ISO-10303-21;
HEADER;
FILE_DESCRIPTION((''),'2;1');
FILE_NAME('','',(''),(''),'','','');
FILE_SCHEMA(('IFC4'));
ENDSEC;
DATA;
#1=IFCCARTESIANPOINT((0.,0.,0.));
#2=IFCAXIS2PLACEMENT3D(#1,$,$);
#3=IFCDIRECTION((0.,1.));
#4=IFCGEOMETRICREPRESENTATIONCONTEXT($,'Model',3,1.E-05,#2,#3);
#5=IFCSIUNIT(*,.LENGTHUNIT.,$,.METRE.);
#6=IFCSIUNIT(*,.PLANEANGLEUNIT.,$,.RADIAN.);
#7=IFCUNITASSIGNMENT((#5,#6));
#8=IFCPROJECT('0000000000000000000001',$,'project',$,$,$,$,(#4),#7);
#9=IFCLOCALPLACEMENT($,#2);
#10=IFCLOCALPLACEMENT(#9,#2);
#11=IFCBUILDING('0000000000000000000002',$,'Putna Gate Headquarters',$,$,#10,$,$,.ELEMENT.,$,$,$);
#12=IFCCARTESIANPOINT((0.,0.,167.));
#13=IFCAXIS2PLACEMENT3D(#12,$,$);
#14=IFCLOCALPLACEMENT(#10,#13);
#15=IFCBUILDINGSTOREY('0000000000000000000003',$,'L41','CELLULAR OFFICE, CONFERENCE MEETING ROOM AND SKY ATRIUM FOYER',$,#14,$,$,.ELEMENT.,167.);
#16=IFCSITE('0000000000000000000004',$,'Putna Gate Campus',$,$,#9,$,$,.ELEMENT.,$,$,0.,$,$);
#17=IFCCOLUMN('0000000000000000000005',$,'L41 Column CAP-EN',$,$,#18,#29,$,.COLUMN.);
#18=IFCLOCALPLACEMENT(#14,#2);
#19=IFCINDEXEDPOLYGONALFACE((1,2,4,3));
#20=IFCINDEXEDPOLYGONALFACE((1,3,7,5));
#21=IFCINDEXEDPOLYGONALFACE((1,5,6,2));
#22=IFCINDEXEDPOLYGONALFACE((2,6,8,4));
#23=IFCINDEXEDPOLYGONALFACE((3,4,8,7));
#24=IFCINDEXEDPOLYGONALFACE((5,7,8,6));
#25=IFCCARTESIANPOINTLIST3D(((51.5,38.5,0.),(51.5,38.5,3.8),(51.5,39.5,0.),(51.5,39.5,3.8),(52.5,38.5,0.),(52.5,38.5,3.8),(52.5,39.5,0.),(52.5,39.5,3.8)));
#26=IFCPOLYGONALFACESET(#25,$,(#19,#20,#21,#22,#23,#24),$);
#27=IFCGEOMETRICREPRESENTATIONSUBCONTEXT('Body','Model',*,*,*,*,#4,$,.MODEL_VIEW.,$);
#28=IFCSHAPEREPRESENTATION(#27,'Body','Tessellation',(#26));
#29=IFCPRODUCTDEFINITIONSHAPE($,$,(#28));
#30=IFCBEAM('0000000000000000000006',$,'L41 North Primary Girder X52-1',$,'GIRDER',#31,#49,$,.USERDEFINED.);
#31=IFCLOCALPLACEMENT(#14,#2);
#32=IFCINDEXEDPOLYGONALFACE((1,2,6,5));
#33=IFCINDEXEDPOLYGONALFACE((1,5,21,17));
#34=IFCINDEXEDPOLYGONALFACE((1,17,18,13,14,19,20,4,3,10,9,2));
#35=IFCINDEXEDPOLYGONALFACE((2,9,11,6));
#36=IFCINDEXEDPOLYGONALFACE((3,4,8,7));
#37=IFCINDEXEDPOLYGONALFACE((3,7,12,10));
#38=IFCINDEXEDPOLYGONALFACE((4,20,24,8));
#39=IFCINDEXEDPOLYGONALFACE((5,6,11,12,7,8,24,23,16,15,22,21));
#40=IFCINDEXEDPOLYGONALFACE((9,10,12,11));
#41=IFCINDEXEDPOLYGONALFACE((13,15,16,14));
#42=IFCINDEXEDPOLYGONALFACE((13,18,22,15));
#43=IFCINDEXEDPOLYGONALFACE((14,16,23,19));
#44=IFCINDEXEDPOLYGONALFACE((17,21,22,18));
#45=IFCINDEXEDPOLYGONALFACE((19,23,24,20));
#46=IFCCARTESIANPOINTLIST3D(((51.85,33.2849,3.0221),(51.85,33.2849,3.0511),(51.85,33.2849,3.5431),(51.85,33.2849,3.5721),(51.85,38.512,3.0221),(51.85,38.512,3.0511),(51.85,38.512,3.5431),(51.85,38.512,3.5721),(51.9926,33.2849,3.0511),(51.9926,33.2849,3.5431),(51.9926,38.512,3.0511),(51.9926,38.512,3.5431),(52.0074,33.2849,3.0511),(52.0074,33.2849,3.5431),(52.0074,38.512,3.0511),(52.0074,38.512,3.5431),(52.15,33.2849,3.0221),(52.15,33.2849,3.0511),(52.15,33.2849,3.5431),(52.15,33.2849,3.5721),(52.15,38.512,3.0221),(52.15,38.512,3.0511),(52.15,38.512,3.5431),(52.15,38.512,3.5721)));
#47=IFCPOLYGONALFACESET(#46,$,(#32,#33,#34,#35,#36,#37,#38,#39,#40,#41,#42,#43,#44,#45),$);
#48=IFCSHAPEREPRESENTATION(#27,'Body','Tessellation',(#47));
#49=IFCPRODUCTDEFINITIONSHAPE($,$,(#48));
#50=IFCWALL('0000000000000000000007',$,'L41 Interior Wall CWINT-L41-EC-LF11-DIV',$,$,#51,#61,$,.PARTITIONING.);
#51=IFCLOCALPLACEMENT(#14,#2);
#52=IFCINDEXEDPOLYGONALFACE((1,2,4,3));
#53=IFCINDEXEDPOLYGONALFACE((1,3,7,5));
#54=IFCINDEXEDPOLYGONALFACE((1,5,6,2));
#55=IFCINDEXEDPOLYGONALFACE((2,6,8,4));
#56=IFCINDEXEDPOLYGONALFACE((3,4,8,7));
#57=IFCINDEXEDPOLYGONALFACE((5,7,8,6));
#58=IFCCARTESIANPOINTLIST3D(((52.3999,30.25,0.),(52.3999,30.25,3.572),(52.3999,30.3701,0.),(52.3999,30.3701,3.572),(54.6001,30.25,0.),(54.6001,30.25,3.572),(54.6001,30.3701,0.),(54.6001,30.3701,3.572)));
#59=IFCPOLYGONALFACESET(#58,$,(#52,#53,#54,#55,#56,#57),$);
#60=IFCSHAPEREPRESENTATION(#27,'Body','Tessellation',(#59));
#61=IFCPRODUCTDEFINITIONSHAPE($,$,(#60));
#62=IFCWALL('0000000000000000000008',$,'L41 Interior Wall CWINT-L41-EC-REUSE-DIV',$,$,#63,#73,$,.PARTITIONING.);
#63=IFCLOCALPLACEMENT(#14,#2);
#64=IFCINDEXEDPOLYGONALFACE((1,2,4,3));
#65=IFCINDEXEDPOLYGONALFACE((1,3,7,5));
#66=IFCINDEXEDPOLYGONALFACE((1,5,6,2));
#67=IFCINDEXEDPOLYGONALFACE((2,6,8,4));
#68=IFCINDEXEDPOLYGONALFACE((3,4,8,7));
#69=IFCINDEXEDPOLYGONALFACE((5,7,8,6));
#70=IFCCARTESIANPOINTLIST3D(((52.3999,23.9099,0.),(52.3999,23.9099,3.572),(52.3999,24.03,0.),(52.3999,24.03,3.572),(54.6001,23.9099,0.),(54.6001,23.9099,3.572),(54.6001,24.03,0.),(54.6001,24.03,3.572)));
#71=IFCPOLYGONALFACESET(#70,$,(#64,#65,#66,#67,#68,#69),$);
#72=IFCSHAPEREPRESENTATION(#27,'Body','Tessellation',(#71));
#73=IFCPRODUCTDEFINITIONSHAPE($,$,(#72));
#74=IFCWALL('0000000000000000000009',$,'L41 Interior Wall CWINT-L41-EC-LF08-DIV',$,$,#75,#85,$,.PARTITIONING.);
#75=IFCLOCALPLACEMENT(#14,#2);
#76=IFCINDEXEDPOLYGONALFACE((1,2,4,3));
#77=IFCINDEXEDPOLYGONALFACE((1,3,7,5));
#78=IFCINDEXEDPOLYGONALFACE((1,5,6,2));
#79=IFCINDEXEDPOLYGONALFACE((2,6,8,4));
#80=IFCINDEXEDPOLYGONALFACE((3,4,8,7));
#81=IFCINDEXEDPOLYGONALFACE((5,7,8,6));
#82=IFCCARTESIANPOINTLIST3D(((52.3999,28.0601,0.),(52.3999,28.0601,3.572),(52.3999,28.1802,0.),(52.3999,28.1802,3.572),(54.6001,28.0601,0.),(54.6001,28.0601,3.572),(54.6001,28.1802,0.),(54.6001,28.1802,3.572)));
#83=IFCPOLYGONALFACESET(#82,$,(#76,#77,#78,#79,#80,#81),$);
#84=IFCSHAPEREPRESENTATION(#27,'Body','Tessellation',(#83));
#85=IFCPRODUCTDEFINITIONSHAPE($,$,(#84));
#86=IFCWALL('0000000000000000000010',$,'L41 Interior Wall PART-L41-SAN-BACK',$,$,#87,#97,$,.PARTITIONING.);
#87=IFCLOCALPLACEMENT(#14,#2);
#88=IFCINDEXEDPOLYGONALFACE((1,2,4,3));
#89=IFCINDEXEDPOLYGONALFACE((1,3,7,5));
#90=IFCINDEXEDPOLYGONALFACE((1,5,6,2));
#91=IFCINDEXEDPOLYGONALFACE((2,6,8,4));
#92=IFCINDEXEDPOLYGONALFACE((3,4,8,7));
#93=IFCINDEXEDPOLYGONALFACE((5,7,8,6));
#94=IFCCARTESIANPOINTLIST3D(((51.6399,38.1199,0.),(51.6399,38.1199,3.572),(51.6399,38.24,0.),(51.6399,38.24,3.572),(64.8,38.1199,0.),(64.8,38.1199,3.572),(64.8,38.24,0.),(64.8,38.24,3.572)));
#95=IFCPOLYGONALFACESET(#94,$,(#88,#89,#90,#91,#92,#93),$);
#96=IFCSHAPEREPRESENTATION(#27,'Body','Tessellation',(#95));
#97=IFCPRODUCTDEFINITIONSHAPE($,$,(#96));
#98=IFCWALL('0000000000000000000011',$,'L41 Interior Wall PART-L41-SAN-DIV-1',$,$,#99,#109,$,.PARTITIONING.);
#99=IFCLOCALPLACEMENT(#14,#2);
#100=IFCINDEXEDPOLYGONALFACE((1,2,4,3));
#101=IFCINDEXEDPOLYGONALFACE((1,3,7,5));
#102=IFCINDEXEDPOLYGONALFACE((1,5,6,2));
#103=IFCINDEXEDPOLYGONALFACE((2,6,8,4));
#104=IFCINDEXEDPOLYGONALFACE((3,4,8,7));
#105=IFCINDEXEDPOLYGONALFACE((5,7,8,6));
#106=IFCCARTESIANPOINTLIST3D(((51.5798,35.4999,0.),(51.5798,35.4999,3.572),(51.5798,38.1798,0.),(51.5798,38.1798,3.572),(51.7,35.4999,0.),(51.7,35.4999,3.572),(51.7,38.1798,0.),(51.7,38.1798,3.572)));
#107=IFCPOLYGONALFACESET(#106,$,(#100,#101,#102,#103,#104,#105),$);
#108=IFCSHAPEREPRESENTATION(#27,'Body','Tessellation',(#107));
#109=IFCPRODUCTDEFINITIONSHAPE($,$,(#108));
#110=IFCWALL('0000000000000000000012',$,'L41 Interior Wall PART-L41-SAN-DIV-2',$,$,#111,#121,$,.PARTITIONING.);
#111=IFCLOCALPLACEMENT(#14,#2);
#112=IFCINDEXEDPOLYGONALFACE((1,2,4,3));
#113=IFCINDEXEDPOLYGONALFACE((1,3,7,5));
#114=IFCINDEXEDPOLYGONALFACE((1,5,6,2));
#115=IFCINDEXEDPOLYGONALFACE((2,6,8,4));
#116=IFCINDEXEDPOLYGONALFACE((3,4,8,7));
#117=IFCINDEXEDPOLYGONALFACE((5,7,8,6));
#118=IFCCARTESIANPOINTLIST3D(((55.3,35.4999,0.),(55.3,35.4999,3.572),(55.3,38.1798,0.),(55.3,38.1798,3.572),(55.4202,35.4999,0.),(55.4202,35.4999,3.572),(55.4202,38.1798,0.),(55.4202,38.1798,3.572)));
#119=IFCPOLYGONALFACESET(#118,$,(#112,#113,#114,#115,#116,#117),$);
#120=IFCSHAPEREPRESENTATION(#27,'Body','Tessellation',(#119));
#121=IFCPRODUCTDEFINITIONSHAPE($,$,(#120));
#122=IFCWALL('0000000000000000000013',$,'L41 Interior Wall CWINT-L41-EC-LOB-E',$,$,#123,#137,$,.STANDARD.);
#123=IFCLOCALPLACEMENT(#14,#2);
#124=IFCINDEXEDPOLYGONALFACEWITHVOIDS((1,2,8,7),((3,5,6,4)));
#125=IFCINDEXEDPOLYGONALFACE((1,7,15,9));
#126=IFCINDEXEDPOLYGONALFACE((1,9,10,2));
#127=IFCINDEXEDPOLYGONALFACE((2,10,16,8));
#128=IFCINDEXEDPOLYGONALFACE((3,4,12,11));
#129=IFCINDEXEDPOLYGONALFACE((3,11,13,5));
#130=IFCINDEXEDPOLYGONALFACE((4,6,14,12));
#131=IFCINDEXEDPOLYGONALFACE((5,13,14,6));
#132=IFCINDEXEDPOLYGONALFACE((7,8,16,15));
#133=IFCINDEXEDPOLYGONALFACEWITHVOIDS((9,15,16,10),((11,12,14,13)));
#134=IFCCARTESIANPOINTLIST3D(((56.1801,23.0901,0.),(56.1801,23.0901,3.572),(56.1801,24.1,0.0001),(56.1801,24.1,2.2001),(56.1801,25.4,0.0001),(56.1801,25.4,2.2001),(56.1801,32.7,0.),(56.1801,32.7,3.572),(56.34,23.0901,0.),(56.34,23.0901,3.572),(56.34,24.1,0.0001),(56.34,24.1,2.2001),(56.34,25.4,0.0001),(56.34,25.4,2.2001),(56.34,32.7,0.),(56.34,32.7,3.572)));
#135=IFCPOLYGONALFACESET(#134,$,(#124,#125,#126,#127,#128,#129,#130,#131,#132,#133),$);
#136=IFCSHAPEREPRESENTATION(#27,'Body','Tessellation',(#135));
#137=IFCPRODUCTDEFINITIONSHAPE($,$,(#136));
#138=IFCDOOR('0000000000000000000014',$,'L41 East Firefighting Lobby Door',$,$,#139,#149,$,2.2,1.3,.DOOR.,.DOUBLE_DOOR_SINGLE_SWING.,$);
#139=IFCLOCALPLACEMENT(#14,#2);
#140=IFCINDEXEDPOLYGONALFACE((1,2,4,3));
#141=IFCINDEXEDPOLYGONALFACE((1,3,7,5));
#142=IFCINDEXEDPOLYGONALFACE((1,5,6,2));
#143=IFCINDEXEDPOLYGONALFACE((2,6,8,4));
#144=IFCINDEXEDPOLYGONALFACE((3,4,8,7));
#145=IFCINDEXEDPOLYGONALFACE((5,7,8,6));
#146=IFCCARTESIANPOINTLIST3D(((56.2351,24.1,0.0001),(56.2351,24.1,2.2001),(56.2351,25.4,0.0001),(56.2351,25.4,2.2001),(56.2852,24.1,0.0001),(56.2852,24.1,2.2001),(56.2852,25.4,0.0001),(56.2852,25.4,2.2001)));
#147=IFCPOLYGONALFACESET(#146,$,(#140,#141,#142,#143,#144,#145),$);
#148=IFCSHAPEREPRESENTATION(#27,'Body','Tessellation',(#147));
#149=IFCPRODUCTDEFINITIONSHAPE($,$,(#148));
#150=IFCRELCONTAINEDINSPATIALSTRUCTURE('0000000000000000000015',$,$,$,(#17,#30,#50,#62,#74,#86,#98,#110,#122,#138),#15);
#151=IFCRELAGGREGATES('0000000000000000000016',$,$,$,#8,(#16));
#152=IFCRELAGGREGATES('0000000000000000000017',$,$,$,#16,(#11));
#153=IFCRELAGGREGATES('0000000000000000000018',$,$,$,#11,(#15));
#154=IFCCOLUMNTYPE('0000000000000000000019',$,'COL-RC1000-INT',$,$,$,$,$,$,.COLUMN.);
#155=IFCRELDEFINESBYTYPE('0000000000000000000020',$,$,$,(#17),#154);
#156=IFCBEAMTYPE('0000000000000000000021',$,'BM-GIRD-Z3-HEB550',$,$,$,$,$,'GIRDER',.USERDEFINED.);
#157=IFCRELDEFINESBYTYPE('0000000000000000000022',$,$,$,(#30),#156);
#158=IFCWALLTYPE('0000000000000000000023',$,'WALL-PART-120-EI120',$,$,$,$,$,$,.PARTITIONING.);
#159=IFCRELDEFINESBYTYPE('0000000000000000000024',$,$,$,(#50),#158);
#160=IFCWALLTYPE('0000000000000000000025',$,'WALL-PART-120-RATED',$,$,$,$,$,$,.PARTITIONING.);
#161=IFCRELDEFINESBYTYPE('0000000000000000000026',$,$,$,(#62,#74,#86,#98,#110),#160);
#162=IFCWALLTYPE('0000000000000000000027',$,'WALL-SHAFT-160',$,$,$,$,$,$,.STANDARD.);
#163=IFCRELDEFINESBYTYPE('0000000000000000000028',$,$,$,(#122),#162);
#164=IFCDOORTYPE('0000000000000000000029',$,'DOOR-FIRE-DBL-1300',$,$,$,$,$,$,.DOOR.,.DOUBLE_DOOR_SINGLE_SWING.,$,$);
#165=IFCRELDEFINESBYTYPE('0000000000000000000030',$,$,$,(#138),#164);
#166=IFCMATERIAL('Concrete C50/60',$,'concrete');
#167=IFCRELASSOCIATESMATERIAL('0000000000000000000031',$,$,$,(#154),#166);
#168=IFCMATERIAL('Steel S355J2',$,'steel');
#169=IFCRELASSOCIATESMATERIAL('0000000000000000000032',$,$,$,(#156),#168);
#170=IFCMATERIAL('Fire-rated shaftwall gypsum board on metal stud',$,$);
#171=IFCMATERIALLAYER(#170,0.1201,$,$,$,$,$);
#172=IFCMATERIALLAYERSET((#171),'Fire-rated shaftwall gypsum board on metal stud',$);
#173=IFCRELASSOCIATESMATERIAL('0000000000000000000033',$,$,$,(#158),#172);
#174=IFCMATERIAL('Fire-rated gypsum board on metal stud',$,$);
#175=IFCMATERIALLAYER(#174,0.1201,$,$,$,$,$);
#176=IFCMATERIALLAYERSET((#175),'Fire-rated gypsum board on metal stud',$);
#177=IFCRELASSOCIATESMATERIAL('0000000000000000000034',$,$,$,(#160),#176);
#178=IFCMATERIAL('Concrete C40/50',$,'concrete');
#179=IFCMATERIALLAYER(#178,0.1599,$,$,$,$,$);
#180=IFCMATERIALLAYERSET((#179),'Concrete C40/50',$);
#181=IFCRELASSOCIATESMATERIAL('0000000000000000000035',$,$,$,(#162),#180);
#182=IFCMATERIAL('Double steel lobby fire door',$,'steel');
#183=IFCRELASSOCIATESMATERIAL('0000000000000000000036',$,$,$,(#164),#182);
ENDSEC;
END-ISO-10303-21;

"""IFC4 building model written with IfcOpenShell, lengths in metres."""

from ifc_helpers import new_model, si_unit, direction, frame, frame_2d, origin, origin_2d, place, context, subcontext, project, spatial, rectangle, i_section, extrude, material, layer, layer_set, material_profile, profile_set, type_object, element, fill, save


model = new_model("IFC4")

# Units and contexts
model_context = context("Model", 3, precision=1e-05, world=origin(), true_north=direction((0.0, 1.0)))
body_context = subcontext(model_context, "Body", "Model", "MODEL_VIEW")
ifc_project = project(units=[si_unit("LENGTHUNIT", "METRE"), si_unit("PLANEANGLEUNIT", "RADIAN")], contexts=[model_context])

# Site, building, storey
site_placement = place(None, origin())
site = spatial("IfcSite", under=ifc_project, at=site_placement, Name="Putna Gate Campus", CompositionType="ELEMENT", RefElevation=0.0)
building_placement = place(site_placement, origin())
building = spatial("IfcBuilding", under=site, at=building_placement, Name="Putna Gate Headquarters", CompositionType="ELEMENT")
storey_placement = place(building_placement, frame((0.0, 0.0, 167.0)))
storey = spatial("IfcBuildingStorey", under=building, at=storey_placement, Name="L41", Description="CELLULAR OFFICE, CONFERENCE MEETING ROOM AND SKY ATRIUM FOYER", CompositionType="ELEMENT", Elevation=167.0)

# Column
ifc_material_1 = material(Name="Concrete C50/60", Category="concrete")
ifc_material_profile_1 = material_profile(ifc_material_1, rectangle(XDim=1.0, YDim=1.0, at=origin_2d()), Name="Concrete C50/60")
ifc_profile_set_1 = profile_set([ifc_material_profile_1], Name="Concrete C50/60")
column_type = type_object("IfcColumnType", Name="COL-RC1000-INT", PredefinedType="COLUMN", material=ifc_profile_set_1)
column_placement = place(storey_placement, frame((52.0, 39.0, 0.0), z_axis=(0.0, 0.0, 1.0), x_axis=(1.0, 0.0, 0.0)))
element("IfcColumn", 1, at=column_placement, inside=storey, type_object=column_type, Name="L41 Column CAP-EN", PredefinedType="COLUMN", context=body_context, shape_type="SweptSolid", body=[
    extrude(rectangle(XDim=1.0, YDim=1.0, at=origin_2d()), origin(), (0.0, 0.0, 1.0), 3.8),
])

# Beam
ifc_material_2 = material(Name="Steel S355J2", Category="steel")
ifc_material_profile_2 = material_profile(ifc_material_2, i_section(OverallWidth=0.3, OverallDepth=0.55, WebThickness=0.0149, FlangeThickness=0.0291, at=origin_2d()), Name="Steel S355J2")
ifc_profile_set_2 = profile_set([ifc_material_profile_2], Name="Steel S355J2")
beam_type = type_object("IfcBeamType", Name="BM-GIRD-Z3-HEB550", ElementType="GIRDER", PredefinedType="USERDEFINED", material=ifc_profile_set_2)
beam_placement = place(storey_placement, frame((52.0, 33.2849, 3.2971), z_axis=(0.0, 1.0, 0.0), x_axis=(-1.0, 0.0, 0.0)))
element("IfcBeam", 2, at=beam_placement, inside=storey, type_object=beam_type, Name="L41 North Primary Girder X52-1", ObjectType="GIRDER", PredefinedType="USERDEFINED", context=body_context, shape_type="SweptSolid", body=[
    extrude(i_section(OverallWidth=0.3, OverallDepth=0.55, WebThickness=0.0149, FlangeThickness=0.0291, at=origin_2d()), origin(), (0.0, 0.0, 1.0), 5.2271),
])

# Walls
ifc_material_3 = material(Name="Fire-rated shaftwall gypsum board on metal stud")
ifc_layer_1 = layer(ifc_material_3, 0.1201)
ifc_layer_set_1 = layer_set([ifc_layer_1], Name="Fire-rated shaftwall gypsum board on metal stud")
wall_type_1 = type_object("IfcWallType", Name="WALL-PART-120-EI120", PredefinedType="PARTITIONING", material=ifc_layer_set_1)
wall_1_placement = place(storey_placement, frame((52.3999, 30.3101, 0.0), z_axis=(0.0, 0.0, 1.0), x_axis=(1.0, 0.0, 0.0)))
element("IfcWall", 3, at=wall_1_placement, inside=storey, type_object=wall_type_1, Name="L41 Interior Wall CWINT-L41-EC-LF11-DIV", PredefinedType="PARTITIONING", context=body_context, shape_type="SweptSolid", body=[
    extrude(rectangle(XDim=2.2002, YDim=0.1201, at=frame_2d((1.1001, 0.0))), origin(), (0.0, 0.0, 1.0), 3.572),
])
ifc_material_4 = material(Name="Fire-rated gypsum board on metal stud")
ifc_layer_2 = layer(ifc_material_4, 0.1201)
ifc_layer_set_2 = layer_set([ifc_layer_2], Name="Fire-rated gypsum board on metal stud")
wall_type_2 = type_object("IfcWallType", Name="WALL-PART-120-RATED", PredefinedType="PARTITIONING", material=ifc_layer_set_2)
for number, where, z_axis, x_axis, name in (
    (4, (52.3999, 23.97, 0.0), (0.0, 0.0, 1.0), (1.0, 0.0, 0.0), "L41 Interior Wall CWINT-L41-EC-REUSE-DIV"),
    (5, (52.3999, 28.1201, 0.0), (0.0, 0.0, 1.0), (1.0, 0.0, 0.0), "L41 Interior Wall CWINT-L41-EC-LF08-DIV"),
):
    element("IfcWall", number, at=place(storey_placement, frame(where, z_axis=z_axis, x_axis=x_axis)), inside=storey, type_object=wall_type_2, Name=name, PredefinedType="PARTITIONING", context=body_context, shape_type="SweptSolid", body=[
        extrude(rectangle(XDim=2.2002, YDim=0.1201, at=frame_2d((1.1001, 0.0))), origin(), (0.0, 0.0, 1.0), 3.572),
    ])

# Walls
wall_2_placement = place(storey_placement, frame((51.6399, 38.1799, 0.0), z_axis=(0.0, 0.0, 1.0), x_axis=(1.0, 0.0, 0.0)))
element("IfcWall", 6, at=wall_2_placement, inside=storey, type_object=wall_type_2, Name="L41 Interior Wall PART-L41-SAN-BACK", PredefinedType="PARTITIONING", context=body_context, shape_type="SweptSolid", body=[
    extrude(rectangle(XDim=13.1602, YDim=0.1201, at=frame_2d((6.5801, 0.0))), origin(), (0.0, 0.0, 1.0), 3.572),
])
for number, where, z_axis, x_axis, name in (
    (7, (51.6399, 35.5, 0.0), (0.0, 0.0, 1.0), (0.0, 1.0, 0.0), "L41 Interior Wall PART-L41-SAN-DIV-1"),
    (8, (55.3601, 35.5, 0.0), (0.0, 0.0, 1.0), (0.0, 1.0, 0.0), "L41 Interior Wall PART-L41-SAN-DIV-2"),
):
    element("IfcWall", number, at=place(storey_placement, frame(where, z_axis=z_axis, x_axis=x_axis)), inside=storey, type_object=wall_type_2, Name=name, PredefinedType="PARTITIONING", context=body_context, shape_type="SweptSolid", body=[
        extrude(rectangle(XDim=2.6799, YDim=0.1201, at=frame_2d((1.3398, 0.0))), origin(), (0.0, 0.0, 1.0), 3.572),
    ])

# Wall, opening, door
ifc_material_5 = material(Name="Concrete C40/50", Category="concrete")
ifc_layer_3 = layer(ifc_material_5, 0.1599)
ifc_layer_set_3 = layer_set([ifc_layer_3], Name="Concrete C40/50")
wall_type_3 = type_object("IfcWallType", Name="WALL-SHAFT-160", PredefinedType="STANDARD", material=ifc_layer_set_3)
wall_3_placement = place(storey_placement, frame((56.26, 23.0901, 0.0), z_axis=(0.0, 0.0, 1.0), x_axis=(0.0, 1.0, 0.0)))
wall_3 = element("IfcWall", 9, at=wall_3_placement, inside=storey, type_object=wall_type_3, Name="L41 Interior Wall CWINT-L41-EC-LOB-E", PredefinedType="STANDARD", context=body_context, shape_type="SweptSolid", body=[
    extrude(rectangle(XDim=9.6099, YDim=0.1599, at=frame_2d((4.8049, 0.0))), origin(), (0.0, 0.0, 1.0), 3.572),
])
opening_1_placement = place(wall_3_placement, frame((1.01, 0.0, 0.0)))
opening_1 = element("IfcOpeningElement", 10, at=opening_1_placement, cuts=wall_3, PredefinedType="OPENING", context=body_context, shape_type="SweptSolid", body=[
    extrude(rectangle(XDim=1.3, YDim=2.2, at=frame_2d((0.6499, 1.1001))), frame((0.0, 0.0898, 0.0), z_axis=(0.0, -1.0, 0.0), x_axis=(1.0, 0.0, 0.0)), (0.0, 0.0, 1.0), 0.1799),
])
ifc_material_6 = material(Name="Double steel lobby fire door", Category="steel")
door_type_1 = type_object("IfcDoorType", Name="DOOR-FIRE-DBL-1300", OperationType="DOUBLE_DOOR_SINGLE_SWING", PredefinedType="DOOR", material=ifc_material_6)
door_1_placement = place(opening_1_placement, origin())
door_1 = element("IfcDoor", 11, at=door_1_placement, inside=storey, type_object=door_type_1, Name="L41 East Firefighting Lobby Door", OperationType="DOUBLE_DOOR_SINGLE_SWING", OverallHeight=2.2, OverallWidth=1.3, PredefinedType="DOOR", context=body_context, shape_type="SweptSolid", body=[
    extrude(rectangle(XDim=1.3, YDim=2.2, at=frame_2d((0.6499, 1.1001))), frame((0.0, 0.0249, 0.0), z_axis=(0.0, -1.0, 0.0), x_axis=(1.0, 0.0, 0.0)), (0.0, 0.0, 1.0), 0.05),
])
fill(opening_1, door_1)

save(model, "model.ifc")
